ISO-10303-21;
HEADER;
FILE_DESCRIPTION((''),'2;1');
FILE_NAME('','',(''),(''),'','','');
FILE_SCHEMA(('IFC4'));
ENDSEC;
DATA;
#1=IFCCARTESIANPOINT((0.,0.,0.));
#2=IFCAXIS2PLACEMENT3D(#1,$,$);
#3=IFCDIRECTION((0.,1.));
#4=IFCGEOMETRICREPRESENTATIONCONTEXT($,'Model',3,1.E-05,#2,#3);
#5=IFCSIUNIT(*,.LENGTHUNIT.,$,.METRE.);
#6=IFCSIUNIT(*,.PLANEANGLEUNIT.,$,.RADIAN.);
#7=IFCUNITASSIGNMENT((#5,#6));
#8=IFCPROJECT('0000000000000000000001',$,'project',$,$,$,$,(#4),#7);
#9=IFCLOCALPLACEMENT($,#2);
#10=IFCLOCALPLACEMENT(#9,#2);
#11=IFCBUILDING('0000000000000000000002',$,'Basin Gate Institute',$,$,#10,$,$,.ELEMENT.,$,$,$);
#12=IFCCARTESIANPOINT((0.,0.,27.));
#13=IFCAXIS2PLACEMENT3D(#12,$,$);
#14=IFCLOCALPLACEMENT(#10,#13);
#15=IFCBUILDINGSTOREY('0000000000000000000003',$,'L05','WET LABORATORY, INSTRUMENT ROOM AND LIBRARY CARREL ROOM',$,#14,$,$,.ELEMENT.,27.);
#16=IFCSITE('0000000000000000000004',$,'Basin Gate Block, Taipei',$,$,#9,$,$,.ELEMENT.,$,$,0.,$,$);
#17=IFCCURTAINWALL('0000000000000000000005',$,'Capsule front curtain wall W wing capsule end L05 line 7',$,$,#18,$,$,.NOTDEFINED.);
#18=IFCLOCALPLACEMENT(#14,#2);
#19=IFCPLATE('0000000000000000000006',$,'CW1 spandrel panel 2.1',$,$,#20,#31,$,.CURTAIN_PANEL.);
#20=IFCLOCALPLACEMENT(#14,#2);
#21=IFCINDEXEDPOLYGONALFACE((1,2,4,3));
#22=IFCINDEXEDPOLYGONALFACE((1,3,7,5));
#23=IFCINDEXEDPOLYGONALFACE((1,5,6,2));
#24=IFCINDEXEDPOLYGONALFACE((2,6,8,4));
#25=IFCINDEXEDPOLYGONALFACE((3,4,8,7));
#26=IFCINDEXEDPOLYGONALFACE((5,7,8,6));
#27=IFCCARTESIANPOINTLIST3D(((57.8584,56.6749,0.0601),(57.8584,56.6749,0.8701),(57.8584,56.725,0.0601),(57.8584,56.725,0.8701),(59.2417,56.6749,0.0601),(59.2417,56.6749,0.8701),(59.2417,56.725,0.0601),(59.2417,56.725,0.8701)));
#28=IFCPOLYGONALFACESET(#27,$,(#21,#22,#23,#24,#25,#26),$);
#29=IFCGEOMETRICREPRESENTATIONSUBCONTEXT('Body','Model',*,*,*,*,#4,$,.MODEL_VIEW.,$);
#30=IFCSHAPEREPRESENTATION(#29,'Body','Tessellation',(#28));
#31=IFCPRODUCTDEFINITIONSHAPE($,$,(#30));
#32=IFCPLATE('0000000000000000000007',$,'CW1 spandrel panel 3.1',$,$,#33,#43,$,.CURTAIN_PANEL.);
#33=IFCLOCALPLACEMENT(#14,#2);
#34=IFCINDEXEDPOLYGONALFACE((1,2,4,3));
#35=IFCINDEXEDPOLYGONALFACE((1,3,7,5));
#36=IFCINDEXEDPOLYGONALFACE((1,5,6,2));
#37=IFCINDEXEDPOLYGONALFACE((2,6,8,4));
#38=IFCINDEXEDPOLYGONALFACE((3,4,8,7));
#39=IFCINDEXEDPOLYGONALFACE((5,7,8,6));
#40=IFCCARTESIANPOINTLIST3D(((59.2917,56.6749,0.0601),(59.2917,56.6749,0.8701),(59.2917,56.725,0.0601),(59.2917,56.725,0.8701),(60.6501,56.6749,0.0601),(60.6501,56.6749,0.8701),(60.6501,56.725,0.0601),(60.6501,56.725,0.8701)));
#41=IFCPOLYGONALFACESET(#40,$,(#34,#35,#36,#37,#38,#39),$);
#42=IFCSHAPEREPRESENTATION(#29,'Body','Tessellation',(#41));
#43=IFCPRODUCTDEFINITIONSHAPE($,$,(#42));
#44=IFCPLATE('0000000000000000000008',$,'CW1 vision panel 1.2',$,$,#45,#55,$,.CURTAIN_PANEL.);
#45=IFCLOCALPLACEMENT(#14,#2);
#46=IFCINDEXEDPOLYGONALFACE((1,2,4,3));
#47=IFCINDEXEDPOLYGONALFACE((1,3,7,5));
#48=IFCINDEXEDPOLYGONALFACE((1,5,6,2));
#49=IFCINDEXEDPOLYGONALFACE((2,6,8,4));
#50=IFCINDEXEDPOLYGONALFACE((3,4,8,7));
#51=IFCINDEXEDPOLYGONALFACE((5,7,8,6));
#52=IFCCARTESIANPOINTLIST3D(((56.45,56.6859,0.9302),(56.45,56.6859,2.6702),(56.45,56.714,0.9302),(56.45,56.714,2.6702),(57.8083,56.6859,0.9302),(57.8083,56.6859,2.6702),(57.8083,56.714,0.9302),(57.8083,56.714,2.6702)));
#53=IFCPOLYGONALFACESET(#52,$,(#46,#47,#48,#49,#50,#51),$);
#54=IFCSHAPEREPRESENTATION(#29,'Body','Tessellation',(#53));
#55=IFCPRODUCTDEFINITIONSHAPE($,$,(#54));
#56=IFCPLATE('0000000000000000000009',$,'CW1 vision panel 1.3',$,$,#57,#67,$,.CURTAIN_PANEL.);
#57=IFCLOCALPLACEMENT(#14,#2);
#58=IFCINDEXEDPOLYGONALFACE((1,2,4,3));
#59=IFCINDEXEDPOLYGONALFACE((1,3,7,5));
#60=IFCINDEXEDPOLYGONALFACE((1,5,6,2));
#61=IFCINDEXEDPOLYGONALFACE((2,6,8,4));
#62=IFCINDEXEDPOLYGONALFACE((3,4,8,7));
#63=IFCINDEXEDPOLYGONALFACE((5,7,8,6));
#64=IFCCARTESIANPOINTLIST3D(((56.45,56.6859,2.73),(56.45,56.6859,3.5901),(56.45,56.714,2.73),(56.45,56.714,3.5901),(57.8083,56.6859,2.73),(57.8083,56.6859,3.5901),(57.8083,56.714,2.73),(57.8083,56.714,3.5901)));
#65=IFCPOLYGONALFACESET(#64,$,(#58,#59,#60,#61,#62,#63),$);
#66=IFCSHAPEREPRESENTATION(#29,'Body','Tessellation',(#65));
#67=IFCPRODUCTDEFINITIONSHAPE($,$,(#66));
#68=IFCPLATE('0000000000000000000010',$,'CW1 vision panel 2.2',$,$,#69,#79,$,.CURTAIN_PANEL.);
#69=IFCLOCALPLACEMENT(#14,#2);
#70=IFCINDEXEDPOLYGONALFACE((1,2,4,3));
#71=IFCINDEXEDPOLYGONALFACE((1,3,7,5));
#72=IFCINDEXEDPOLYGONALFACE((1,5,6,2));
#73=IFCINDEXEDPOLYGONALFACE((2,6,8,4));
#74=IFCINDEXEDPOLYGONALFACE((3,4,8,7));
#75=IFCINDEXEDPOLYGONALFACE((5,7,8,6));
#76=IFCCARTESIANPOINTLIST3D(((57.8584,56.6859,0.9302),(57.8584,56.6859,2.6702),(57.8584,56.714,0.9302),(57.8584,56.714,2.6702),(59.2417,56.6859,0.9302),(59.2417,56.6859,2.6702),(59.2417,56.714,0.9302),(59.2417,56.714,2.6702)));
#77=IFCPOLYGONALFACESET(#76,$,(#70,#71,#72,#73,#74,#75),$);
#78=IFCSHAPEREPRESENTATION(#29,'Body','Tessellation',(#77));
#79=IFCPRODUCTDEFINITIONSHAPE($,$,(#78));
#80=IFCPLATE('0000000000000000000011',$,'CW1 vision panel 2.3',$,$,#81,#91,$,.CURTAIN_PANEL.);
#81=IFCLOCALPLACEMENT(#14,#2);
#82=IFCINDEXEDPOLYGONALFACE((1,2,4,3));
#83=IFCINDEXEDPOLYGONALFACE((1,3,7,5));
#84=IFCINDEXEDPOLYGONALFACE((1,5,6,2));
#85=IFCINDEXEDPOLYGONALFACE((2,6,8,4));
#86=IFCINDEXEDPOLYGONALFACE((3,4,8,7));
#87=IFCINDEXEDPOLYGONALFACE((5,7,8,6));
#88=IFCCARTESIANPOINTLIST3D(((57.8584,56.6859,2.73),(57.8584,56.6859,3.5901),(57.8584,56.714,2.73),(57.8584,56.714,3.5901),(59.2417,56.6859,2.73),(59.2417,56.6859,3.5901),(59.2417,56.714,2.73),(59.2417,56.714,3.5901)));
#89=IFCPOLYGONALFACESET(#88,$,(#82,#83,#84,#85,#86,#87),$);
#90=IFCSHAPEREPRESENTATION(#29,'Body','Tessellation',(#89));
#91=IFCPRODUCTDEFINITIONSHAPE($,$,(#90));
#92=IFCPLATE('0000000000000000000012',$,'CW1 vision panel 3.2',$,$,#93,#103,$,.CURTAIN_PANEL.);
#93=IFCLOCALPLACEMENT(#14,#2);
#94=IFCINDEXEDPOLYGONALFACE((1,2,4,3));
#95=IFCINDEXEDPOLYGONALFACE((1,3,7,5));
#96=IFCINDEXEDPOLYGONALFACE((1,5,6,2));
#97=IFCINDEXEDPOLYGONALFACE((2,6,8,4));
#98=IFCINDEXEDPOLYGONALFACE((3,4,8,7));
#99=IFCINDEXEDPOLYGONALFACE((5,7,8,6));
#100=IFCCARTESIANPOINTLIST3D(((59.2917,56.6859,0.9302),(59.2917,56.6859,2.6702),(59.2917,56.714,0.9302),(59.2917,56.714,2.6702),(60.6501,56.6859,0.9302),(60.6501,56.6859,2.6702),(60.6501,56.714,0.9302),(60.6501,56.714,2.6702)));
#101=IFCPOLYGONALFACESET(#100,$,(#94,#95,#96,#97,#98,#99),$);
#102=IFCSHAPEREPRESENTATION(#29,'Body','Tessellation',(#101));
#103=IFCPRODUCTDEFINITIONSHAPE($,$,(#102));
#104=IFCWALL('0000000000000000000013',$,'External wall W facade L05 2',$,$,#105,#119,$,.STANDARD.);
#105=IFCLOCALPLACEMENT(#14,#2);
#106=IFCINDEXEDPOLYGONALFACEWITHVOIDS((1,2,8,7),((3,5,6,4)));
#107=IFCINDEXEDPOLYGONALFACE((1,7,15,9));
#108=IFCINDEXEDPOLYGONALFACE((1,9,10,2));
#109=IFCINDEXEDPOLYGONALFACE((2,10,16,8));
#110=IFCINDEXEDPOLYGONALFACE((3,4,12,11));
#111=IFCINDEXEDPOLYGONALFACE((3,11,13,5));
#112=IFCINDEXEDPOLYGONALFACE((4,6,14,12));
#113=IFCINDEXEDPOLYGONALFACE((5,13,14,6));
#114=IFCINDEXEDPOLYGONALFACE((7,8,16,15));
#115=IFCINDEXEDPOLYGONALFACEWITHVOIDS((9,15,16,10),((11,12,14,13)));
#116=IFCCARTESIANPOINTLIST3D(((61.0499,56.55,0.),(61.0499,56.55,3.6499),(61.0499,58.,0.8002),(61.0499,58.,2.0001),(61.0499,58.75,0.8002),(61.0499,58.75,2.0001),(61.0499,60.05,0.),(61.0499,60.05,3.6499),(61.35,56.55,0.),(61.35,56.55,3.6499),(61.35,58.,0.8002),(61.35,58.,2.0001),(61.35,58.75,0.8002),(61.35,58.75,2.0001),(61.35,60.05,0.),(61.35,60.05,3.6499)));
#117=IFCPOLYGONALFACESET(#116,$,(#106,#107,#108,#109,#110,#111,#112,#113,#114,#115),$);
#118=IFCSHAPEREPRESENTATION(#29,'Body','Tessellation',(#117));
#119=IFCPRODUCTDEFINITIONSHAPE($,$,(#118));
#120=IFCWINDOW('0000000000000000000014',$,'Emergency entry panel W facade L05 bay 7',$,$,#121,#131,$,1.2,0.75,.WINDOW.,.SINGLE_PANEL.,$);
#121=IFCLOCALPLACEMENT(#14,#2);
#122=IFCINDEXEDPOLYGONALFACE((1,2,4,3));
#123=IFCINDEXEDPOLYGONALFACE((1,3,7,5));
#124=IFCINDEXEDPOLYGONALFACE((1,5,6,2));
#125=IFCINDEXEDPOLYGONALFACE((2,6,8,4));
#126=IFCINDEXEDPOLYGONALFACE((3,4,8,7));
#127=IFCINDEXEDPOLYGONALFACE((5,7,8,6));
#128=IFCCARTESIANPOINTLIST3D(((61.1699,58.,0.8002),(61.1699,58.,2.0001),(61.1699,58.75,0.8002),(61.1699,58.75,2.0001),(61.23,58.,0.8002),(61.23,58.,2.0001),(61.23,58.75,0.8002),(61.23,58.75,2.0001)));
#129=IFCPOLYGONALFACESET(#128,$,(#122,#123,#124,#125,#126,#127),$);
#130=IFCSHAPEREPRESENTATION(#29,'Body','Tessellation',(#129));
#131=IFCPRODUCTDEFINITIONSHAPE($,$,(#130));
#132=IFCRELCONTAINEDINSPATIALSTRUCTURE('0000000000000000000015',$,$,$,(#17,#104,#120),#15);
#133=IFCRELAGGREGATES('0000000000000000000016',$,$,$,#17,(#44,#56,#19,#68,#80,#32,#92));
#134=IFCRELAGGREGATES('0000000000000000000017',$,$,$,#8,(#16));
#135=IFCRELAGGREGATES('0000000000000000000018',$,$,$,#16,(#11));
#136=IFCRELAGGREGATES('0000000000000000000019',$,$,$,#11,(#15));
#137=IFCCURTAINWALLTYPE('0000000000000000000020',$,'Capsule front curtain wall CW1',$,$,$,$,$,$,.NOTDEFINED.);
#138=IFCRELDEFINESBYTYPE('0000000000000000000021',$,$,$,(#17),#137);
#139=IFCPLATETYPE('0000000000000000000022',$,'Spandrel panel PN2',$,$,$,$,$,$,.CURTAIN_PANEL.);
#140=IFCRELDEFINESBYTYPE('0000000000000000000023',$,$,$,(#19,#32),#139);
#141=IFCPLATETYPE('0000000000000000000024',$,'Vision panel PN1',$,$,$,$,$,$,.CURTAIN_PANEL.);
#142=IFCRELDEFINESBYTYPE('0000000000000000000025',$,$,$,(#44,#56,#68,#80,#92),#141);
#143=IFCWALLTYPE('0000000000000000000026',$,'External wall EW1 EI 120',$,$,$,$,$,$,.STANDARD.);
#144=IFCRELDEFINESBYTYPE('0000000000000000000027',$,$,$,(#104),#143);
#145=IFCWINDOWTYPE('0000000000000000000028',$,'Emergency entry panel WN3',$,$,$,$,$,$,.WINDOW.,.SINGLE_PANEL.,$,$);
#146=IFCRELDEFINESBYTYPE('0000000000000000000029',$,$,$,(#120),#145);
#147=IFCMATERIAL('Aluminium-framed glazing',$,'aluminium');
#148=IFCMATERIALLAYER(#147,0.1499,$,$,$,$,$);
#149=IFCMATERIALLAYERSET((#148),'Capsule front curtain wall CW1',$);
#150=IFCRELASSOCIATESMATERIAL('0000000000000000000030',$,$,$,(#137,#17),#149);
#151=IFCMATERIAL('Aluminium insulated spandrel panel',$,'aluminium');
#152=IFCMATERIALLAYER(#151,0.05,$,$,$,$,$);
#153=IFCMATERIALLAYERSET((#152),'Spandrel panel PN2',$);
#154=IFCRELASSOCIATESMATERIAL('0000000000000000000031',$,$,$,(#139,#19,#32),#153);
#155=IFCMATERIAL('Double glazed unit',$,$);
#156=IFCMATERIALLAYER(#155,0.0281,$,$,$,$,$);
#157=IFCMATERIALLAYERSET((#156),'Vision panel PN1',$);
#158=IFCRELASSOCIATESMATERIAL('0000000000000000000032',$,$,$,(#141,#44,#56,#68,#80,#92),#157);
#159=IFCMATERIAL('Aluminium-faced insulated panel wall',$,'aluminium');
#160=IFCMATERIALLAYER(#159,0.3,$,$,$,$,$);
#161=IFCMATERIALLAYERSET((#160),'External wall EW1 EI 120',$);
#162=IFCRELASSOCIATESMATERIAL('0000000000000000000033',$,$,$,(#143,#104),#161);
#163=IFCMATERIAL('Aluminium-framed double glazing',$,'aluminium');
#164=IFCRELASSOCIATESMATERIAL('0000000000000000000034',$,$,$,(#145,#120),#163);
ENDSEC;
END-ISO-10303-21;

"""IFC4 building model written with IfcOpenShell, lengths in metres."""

from ifc_helpers import new_model, si_unit, direction, frame, frame_2d, origin, origin_2d, place, context, subcontext, project, spatial, rectangle, extrude, material, layer, layer_set, type_object, element, fill, aggregate, save


model = new_model("IFC4")

# Units and contexts
model_context = context("Model", 3, precision=1e-05, world=origin(), true_north=direction((0.0, 1.0)))
body_context = subcontext(model_context, "Body", "Model", "MODEL_VIEW")
ifc_project = project(units=[si_unit("LENGTHUNIT", "METRE"), si_unit("PLANEANGLEUNIT", "RADIAN")], contexts=[model_context])

# Site, building, storey
site_placement = place(None, origin())
site = spatial("IfcSite", under=ifc_project, at=site_placement, Name="Basin Gate Block, Taipei", CompositionType="ELEMENT", RefElevation=0.0)
building_placement = place(site_placement, origin())
building = spatial("IfcBuilding", under=site, at=building_placement, Name="Basin Gate Institute", CompositionType="ELEMENT")
storey_placement = place(building_placement, frame((0.0, 0.0, 27.0)))
storey = spatial("IfcBuildingStorey", under=building, at=storey_placement, Name="L05", Description="WET LABORATORY, INSTRUMENT ROOM AND LIBRARY CARREL ROOM", CompositionType="ELEMENT", Elevation=27.0)

# Curtain wall, plates
ifc_material_1 = material(Name="Aluminium-framed glazing", Category="aluminium")
ifc_layer_1 = layer(ifc_material_1, 0.1499)
ifc_layer_set_1 = layer_set([ifc_layer_1], Name="Capsule front curtain wall CW1")
curtain_wall_type = type_object("IfcCurtainWallType", Name="Capsule front curtain wall CW1", PredefinedType="NOTDEFINED", material=ifc_layer_set_1)
curtain_wall_placement = place(storey_placement, origin())
curtain_wall = element("IfcCurtainWall", 1, at=curtain_wall_placement, inside=storey, type_object=curtain_wall_type, material=ifc_layer_set_1, Name="Capsule front curtain wall W wing capsule end L05 line 7", PredefinedType="NOTDEFINED")
ifc_material_2 = material(Name="Aluminium insulated spandrel panel", Category="aluminium")
ifc_layer_2 = layer(ifc_material_2, 0.05)
ifc_layer_set_2 = layer_set([ifc_layer_2], Name="Spandrel panel PN2")
plate_type_1 = type_object("IfcPlateType", Name="Spandrel panel PN2", PredefinedType="CURTAIN_PANEL", material=ifc_layer_set_2)
plate_1_placement = place(storey_placement, frame((58.55, 56.7, 0.0601), z_axis=(0.0, 0.0, 1.0), x_axis=(1.0, 0.0, 0.0)))
plate_1 = element("IfcPlate", 2, at=plate_1_placement, type_object=plate_type_1, material=ifc_layer_set_2, Name="CW1 spandrel panel 2.1", PredefinedType="CURTAIN_PANEL", context=body_context, shape_type="SweptSolid", body=[
    extrude(rectangle(XDim=1.3833, YDim=0.05, at=origin_2d()), origin(), (0.0, 0.0, 1.0), 0.8101),
])
plate_2_placement = place(storey_placement, frame((59.9709, 56.7, 0.0601), z_axis=(0.0, 0.0, 1.0), x_axis=(1.0, 0.0, 0.0)))
plate_2 = element("IfcPlate", 3, at=plate_2_placement, type_object=plate_type_1, material=ifc_layer_set_2, Name="CW1 spandrel panel 3.1", PredefinedType="CURTAIN_PANEL", context=body_context, shape_type="SweptSolid", body=[
    extrude(rectangle(XDim=1.3584, YDim=0.05, at=origin_2d()), origin(), (0.0, 0.0, 1.0), 0.8101),
])
ifc_material_3 = material(Name="Double glazed unit")
ifc_layer_3 = layer(ifc_material_3, 0.0281)
ifc_layer_set_3 = layer_set([ifc_layer_3], Name="Vision panel PN1")
plate_type_2 = type_object("IfcPlateType", Name="Vision panel PN1", PredefinedType="CURTAIN_PANEL", material=ifc_layer_set_3)
plate_3_placement = place(storey_placement, frame((57.1292, 56.7, 0.9302), z_axis=(0.0, 0.0, 1.0), x_axis=(1.0, 0.0, 0.0)))
plate_3 = element("IfcPlate", 4, at=plate_3_placement, type_object=plate_type_2, material=ifc_layer_set_3, Name="CW1 vision panel 1.2", PredefinedType="CURTAIN_PANEL", context=body_context, shape_type="SweptSolid", body=[
    extrude(rectangle(XDim=1.3584, YDim=0.0281, at=origin_2d()), origin(), (0.0, 0.0, 1.0), 1.74),
])
plate_4_placement = place(storey_placement, frame((57.1292, 56.7, 2.73), z_axis=(0.0, 0.0, 1.0), x_axis=(1.0, 0.0, 0.0)))
plate_4 = element("IfcPlate", 5, at=plate_4_placement, type_object=plate_type_2, material=ifc_layer_set_3, Name="CW1 vision panel 1.3", PredefinedType="CURTAIN_PANEL", context=body_context, shape_type="SweptSolid", body=[
    extrude(rectangle(XDim=1.3584, YDim=0.0281, at=origin_2d()), origin(), (0.0, 0.0, 1.0), 0.8601),
])
plate_5_placement = place(storey_placement, frame((58.55, 56.7, 0.9302), z_axis=(0.0, 0.0, 1.0), x_axis=(1.0, 0.0, 0.0)))
plate_5 = element("IfcPlate", 6, at=plate_5_placement, type_object=plate_type_2, material=ifc_layer_set_3, Name="CW1 vision panel 2.2", PredefinedType="CURTAIN_PANEL", context=body_context, shape_type="SweptSolid", body=[
    extrude(rectangle(XDim=1.3833, YDim=0.0281, at=origin_2d()), origin(), (0.0, 0.0, 1.0), 1.74),
])
plate_6_placement = place(storey_placement, frame((58.55, 56.7, 2.73), z_axis=(0.0, 0.0, 1.0), x_axis=(1.0, 0.0, 0.0)))
plate_6 = element("IfcPlate", 7, at=plate_6_placement, type_object=plate_type_2, material=ifc_layer_set_3, Name="CW1 vision panel 2.3", PredefinedType="CURTAIN_PANEL", context=body_context, shape_type="SweptSolid", body=[
    extrude(rectangle(XDim=1.3833, YDim=0.0281, at=origin_2d()), origin(), (0.0, 0.0, 1.0), 0.8601),
])
plate_7_placement = place(storey_placement, frame((59.9709, 56.7, 0.9302), z_axis=(0.0, 0.0, 1.0), x_axis=(1.0, 0.0, 0.0)))
plate_7 = element("IfcPlate", 8, at=plate_7_placement, type_object=plate_type_2, material=ifc_layer_set_3, Name="CW1 vision panel 3.2", PredefinedType="CURTAIN_PANEL", context=body_context, shape_type="SweptSolid", body=[
    extrude(rectangle(XDim=1.3584, YDim=0.0281, at=origin_2d()), origin(), (0.0, 0.0, 1.0), 1.74),
])
aggregate(curtain_wall, [plate_3, plate_4, plate_1, plate_5, plate_6, plate_2, plate_7])

# Wall, opening, window
ifc_material_4 = material(Name="Aluminium-faced insulated panel wall", Category="aluminium")
ifc_layer_4 = layer(ifc_material_4, 0.3)
ifc_layer_set_4 = layer_set([ifc_layer_4], Name="External wall EW1 EI 120")
wall_type = type_object("IfcWallType", Name="External wall EW1 EI 120", PredefinedType="STANDARD", material=ifc_layer_set_4)
wall_placement = place(storey_placement, frame((61.2, 56.55, 0.0), z_axis=(0.0, 0.0, 1.0), x_axis=(0.0, 1.0, 0.0)))
wall = element("IfcWall", 9, at=wall_placement, inside=storey, type_object=wall_type, material=ifc_layer_set_4, Name="External wall W facade L05 2", PredefinedType="STANDARD", context=body_context, shape_type="SweptSolid", body=[
    extrude(rectangle(XDim=3.5, YDim=0.3, at=frame_2d((1.75, 0.0))), origin(), (0.0, 0.0, 1.0), 3.6499),
])
opening_placement = place(wall_placement, frame((1.45, 0.0, 0.8)))
opening = element("IfcOpeningElement", 10, at=opening_placement, cuts=wall, PredefinedType="OPENING", context=body_context, shape_type="SweptSolid", body=[
    extrude(rectangle(XDim=0.75, YDim=1.2, at=frame_2d((0.375, 0.6001))), frame((0.0, 0.1602, 0.0), z_axis=(0.0, -1.0, 0.0), x_axis=(1.0, 0.0, 0.0)), (0.0, 0.0, 1.0), 0.3201),
])
ifc_material_5 = material(Name="Aluminium-framed double glazing", Category="aluminium")
window_type = type_object("IfcWindowType", Name="Emergency entry panel WN3", PartitioningType="SINGLE_PANEL", PredefinedType="WINDOW", material=ifc_material_5)
window_placement = place(opening_placement, origin())
window = element("IfcWindow", 11, at=window_placement, inside=storey, type_object=window_type, material=ifc_material_5, Name="Emergency entry panel W facade L05 bay 7", OverallHeight=1.2, OverallWidth=0.75, PartitioningType="SINGLE_PANEL", PredefinedType="WINDOW", context=body_context, shape_type="SweptSolid", body=[
    extrude(rectangle(XDim=0.75, YDim=1.2, at=frame_2d((0.375, 0.6001))), frame((0.0, 0.03, 0.0), z_axis=(0.0, -1.0, 0.0), x_axis=(1.0, 0.0, 0.0)), (0.0, 0.0, 1.0), 0.0601),
])
fill(opening, window)

save(model, "model.ifc")
